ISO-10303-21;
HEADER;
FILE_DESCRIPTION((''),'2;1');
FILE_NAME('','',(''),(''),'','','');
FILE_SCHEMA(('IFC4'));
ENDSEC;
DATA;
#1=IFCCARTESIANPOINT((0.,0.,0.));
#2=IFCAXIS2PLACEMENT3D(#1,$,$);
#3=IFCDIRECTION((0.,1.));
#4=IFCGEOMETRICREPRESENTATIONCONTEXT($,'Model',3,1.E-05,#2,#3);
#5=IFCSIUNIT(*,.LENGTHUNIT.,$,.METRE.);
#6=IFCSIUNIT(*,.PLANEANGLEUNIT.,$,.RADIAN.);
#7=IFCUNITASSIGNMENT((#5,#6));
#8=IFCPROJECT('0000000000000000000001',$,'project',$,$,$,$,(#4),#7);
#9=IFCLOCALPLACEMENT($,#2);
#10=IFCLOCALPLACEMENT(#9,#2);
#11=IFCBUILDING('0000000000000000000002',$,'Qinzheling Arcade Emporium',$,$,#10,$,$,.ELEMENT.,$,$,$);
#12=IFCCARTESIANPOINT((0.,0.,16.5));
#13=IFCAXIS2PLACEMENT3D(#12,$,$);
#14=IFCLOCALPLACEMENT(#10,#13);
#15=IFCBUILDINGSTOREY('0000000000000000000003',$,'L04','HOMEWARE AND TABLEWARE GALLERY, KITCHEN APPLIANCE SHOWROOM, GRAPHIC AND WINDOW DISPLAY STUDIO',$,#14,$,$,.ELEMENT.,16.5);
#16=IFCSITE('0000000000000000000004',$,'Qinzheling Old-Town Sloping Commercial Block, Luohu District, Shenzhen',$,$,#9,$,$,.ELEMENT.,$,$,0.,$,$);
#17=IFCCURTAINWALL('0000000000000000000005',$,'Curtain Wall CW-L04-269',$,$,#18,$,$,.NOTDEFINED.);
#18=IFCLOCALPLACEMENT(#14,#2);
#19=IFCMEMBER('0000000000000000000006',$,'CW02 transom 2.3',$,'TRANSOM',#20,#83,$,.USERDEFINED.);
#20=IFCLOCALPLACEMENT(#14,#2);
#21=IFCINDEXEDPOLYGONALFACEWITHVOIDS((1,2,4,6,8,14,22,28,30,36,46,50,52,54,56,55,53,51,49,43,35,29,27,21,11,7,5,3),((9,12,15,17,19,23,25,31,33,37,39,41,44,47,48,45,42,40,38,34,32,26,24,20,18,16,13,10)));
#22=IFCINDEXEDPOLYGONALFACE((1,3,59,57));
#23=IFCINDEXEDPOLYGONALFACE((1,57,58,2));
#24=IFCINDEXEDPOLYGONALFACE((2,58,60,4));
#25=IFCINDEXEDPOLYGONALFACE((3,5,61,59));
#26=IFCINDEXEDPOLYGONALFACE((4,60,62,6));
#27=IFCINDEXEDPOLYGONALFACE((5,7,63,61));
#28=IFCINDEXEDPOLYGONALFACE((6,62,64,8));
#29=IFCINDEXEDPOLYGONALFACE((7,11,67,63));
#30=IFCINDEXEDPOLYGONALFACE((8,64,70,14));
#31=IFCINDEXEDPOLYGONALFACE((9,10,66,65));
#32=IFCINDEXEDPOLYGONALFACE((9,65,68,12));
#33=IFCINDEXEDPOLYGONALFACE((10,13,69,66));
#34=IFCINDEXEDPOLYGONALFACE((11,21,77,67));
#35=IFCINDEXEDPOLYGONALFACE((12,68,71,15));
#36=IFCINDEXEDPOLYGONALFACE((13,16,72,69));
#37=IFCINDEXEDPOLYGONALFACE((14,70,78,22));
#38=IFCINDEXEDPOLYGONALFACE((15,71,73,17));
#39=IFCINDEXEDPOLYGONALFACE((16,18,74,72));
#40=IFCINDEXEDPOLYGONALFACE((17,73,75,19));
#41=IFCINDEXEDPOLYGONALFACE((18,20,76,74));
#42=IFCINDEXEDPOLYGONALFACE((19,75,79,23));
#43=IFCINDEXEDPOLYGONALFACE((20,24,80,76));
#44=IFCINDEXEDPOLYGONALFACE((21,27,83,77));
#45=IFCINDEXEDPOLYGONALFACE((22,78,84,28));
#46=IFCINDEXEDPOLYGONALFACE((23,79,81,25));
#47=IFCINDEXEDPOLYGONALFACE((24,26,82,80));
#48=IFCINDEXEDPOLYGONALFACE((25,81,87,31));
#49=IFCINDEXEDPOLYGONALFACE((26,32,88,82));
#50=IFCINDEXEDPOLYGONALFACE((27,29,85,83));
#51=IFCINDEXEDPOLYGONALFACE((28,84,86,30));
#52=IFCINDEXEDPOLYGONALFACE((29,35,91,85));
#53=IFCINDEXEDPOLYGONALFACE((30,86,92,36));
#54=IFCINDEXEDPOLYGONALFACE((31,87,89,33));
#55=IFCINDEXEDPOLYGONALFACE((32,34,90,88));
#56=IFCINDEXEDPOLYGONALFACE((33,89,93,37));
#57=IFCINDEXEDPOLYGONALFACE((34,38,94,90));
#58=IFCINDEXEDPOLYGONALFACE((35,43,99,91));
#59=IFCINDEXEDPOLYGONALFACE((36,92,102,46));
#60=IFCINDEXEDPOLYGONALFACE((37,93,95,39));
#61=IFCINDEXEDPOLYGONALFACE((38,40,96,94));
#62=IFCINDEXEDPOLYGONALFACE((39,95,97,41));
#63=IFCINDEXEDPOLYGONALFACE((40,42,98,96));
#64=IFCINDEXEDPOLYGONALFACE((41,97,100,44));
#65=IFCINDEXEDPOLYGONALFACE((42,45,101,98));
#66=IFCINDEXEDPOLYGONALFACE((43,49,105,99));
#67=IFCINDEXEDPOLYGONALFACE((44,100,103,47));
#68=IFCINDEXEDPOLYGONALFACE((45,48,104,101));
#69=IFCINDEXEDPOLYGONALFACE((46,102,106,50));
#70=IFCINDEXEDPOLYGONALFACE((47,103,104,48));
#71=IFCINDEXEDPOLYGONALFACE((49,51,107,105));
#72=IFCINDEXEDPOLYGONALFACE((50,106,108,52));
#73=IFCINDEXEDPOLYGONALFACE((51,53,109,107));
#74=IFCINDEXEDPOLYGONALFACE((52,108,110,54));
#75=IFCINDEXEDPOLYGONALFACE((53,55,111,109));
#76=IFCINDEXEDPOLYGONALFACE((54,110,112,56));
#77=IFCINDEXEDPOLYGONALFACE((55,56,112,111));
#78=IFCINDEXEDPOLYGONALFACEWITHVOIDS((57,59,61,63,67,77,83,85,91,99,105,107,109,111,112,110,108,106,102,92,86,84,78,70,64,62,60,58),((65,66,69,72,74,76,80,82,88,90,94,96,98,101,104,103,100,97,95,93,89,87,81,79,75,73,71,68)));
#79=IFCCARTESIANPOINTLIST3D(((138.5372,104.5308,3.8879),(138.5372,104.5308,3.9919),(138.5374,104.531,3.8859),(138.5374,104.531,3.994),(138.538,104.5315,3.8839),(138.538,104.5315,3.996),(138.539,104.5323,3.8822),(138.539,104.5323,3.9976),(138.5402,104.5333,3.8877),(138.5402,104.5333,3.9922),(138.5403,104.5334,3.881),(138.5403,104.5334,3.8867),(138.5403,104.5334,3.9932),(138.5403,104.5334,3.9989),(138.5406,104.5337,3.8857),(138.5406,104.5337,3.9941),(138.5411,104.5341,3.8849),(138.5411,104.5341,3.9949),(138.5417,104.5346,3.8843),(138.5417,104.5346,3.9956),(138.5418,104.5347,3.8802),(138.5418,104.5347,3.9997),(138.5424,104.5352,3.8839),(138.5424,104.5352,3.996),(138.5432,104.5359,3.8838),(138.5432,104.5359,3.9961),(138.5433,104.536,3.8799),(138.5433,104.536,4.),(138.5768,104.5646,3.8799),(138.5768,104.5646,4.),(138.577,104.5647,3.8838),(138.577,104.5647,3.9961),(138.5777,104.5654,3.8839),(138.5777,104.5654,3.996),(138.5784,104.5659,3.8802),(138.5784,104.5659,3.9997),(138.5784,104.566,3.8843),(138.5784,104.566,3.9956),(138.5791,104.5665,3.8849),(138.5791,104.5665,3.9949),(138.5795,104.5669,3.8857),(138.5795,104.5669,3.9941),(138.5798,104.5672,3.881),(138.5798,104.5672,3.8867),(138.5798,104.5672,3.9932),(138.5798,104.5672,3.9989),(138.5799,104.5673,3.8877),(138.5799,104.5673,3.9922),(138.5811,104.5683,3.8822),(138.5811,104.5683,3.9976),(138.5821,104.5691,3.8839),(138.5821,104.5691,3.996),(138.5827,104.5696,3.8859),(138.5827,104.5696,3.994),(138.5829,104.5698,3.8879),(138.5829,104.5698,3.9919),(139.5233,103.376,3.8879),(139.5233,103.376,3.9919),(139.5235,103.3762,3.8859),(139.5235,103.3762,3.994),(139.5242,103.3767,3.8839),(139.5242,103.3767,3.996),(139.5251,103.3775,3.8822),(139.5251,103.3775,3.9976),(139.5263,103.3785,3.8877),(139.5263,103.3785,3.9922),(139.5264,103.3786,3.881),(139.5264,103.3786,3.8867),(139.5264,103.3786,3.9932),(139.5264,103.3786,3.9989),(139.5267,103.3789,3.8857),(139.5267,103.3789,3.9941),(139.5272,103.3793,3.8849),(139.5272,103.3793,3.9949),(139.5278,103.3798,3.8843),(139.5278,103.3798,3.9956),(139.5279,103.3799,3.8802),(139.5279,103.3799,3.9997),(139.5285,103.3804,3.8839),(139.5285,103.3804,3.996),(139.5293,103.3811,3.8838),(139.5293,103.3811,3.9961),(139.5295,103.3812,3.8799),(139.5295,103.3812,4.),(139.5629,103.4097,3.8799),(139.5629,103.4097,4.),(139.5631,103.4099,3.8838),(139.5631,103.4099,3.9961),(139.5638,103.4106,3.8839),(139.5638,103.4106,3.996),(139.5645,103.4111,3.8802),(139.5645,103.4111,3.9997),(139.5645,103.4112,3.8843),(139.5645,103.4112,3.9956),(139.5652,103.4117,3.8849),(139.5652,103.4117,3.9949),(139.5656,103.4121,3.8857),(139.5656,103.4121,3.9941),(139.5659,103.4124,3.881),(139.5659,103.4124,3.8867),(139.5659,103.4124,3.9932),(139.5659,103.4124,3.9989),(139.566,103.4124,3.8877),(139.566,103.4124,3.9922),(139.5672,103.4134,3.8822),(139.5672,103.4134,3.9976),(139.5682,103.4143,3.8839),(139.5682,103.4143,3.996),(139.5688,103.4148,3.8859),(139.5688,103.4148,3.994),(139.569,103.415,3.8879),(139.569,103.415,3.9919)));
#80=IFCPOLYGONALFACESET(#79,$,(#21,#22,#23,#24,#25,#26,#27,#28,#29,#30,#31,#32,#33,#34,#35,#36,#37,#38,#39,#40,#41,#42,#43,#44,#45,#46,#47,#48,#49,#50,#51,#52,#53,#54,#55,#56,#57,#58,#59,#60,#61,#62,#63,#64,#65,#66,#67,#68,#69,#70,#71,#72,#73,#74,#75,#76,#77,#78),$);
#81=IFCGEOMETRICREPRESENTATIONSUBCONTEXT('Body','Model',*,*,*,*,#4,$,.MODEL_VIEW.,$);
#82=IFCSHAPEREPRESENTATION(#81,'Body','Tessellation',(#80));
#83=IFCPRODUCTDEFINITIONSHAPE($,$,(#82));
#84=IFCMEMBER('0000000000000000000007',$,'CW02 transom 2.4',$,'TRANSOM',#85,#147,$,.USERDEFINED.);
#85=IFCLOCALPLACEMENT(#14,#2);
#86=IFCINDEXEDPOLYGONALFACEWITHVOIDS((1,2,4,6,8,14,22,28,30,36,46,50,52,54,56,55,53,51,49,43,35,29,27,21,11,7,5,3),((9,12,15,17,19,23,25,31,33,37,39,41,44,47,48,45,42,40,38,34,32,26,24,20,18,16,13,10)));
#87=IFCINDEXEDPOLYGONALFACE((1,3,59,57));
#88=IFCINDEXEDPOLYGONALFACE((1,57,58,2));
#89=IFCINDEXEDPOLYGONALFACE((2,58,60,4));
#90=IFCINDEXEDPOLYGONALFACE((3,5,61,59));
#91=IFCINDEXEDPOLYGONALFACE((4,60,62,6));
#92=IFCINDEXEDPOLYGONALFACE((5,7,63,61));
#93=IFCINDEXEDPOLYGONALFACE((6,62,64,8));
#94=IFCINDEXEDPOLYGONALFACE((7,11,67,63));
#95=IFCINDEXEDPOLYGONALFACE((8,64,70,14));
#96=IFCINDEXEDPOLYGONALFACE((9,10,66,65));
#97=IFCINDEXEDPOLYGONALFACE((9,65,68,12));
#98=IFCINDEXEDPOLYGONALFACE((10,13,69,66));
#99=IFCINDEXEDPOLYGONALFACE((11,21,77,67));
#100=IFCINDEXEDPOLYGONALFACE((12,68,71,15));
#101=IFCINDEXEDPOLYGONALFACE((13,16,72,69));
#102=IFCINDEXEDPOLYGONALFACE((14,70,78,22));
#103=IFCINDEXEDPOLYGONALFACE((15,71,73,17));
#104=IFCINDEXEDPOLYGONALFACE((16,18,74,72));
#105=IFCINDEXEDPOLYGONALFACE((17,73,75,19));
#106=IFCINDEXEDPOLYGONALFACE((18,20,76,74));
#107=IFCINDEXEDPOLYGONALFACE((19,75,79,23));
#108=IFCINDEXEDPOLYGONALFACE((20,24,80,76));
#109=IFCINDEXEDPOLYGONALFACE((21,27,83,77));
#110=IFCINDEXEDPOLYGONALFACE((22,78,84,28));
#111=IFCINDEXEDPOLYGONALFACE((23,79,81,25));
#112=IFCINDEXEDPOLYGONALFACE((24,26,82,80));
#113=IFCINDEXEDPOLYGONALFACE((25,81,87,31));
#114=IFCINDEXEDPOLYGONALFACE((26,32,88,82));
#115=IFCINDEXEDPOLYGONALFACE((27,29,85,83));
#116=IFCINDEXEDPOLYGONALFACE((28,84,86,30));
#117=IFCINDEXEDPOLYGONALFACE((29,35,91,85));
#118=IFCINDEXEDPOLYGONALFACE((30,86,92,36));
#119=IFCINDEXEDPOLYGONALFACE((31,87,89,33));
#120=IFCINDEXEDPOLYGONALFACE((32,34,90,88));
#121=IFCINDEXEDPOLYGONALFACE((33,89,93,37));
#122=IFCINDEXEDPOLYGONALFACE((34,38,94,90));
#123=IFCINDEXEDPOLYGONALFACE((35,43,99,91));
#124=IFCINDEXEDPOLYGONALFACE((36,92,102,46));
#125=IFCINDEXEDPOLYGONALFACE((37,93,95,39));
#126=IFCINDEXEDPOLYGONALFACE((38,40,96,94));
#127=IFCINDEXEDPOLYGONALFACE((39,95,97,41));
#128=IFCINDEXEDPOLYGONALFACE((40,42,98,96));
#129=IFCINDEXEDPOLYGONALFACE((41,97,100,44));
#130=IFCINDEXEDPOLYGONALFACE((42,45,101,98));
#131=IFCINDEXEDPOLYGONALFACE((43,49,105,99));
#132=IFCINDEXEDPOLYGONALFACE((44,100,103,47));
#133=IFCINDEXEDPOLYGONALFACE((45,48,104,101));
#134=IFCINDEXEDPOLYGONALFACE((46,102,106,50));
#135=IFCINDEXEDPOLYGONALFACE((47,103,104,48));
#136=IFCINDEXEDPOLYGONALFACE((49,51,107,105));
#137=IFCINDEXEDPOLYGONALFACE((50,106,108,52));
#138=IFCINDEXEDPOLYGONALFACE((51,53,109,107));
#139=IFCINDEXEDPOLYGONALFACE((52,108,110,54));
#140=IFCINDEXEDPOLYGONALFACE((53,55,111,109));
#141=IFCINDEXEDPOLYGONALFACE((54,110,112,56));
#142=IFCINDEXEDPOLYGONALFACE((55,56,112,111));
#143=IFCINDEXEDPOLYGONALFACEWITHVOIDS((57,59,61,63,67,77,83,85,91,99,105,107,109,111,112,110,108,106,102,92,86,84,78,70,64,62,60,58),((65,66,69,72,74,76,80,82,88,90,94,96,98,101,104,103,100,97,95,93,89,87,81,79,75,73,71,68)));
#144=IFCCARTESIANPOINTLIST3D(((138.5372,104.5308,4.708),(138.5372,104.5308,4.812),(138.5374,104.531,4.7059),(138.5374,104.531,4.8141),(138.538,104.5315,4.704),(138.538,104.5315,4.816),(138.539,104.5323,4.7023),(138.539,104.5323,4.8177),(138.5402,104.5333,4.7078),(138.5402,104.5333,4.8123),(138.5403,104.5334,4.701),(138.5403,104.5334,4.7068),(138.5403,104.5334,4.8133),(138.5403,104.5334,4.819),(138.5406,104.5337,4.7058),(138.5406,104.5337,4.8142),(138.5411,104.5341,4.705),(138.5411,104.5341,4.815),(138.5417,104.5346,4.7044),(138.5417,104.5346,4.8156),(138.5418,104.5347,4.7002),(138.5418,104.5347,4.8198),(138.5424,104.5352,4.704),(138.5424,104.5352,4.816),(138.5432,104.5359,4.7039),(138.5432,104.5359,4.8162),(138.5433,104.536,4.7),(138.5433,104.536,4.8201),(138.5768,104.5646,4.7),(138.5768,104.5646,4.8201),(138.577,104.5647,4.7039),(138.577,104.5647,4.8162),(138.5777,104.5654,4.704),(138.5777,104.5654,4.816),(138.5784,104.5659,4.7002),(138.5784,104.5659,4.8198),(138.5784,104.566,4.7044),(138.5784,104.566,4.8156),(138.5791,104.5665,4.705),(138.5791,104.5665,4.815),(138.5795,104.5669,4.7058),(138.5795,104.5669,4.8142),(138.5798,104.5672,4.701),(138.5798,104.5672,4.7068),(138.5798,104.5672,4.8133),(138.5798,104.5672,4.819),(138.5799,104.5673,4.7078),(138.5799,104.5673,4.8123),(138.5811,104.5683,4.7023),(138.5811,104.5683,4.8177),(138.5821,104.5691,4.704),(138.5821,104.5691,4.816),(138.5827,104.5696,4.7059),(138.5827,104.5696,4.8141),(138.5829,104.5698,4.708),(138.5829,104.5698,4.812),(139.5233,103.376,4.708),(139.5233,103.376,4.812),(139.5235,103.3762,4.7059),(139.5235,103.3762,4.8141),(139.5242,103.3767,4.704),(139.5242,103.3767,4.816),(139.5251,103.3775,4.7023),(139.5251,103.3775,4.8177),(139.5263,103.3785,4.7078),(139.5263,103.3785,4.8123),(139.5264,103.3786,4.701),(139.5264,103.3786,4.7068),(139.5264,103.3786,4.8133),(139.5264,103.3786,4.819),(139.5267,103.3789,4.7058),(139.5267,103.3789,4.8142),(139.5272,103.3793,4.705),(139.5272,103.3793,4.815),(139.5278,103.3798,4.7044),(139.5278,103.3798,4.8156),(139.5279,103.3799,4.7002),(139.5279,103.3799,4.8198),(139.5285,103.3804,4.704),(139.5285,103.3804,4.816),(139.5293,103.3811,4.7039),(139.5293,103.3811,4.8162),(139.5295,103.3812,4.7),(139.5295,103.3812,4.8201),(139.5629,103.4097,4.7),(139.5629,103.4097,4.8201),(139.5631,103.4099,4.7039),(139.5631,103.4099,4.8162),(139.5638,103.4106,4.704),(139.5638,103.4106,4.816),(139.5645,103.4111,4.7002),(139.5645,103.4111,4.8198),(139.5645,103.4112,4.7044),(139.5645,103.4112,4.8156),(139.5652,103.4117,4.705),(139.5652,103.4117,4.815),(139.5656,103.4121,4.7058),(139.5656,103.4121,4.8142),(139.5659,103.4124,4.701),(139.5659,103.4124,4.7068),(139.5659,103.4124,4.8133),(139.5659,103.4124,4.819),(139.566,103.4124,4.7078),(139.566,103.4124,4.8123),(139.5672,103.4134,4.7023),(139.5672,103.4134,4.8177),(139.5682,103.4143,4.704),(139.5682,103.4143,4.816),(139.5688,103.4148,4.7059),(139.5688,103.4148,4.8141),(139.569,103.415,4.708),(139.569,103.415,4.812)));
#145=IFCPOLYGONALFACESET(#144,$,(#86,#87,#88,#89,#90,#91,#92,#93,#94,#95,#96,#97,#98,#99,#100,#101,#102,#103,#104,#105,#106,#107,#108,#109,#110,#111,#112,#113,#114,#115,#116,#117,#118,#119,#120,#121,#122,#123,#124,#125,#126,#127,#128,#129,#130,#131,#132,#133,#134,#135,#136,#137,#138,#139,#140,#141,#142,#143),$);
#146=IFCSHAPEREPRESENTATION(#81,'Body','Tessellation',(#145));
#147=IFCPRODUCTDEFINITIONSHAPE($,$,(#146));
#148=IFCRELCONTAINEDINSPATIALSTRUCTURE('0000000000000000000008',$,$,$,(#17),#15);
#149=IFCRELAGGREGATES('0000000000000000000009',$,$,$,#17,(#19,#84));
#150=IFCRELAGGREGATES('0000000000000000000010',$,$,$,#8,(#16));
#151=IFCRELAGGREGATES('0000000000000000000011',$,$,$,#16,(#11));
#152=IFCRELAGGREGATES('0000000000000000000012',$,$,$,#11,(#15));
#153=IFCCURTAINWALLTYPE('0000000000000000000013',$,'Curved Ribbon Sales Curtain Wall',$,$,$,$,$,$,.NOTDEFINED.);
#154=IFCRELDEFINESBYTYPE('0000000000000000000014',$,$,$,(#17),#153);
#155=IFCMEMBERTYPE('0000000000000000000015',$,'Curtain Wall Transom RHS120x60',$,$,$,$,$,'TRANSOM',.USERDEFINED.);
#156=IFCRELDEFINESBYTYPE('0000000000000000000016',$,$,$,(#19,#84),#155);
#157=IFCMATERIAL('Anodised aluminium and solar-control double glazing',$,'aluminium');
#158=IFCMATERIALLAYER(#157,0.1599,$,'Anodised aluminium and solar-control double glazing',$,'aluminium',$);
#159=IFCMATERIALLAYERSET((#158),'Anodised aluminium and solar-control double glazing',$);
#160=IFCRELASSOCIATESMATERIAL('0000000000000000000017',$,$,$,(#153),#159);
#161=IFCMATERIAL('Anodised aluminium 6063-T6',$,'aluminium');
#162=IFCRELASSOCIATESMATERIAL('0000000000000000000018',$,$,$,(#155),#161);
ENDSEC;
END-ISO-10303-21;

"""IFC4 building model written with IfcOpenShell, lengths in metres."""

from ifc_helpers import new_model, si_unit, direction, frame, origin, origin_2d, place, context, subcontext, project, spatial, hollow_rectangle, extrude, material, layer, layer_set, material_profile, profile_set, type_object, element, aggregate, save


model = new_model("IFC4")

# Units and contexts
model_context = context("Model", 3, precision=1e-05, world=origin(), true_north=direction((0.0, 1.0)))
body_context = subcontext(model_context, "Body", "Model", "MODEL_VIEW")
ifc_project = project(units=[si_unit("LENGTHUNIT", "METRE"), si_unit("PLANEANGLEUNIT", "RADIAN")], contexts=[model_context])

# Site, building, storey
site_placement = place(None, origin())
site = spatial("IfcSite", under=ifc_project, at=site_placement, Name="Qinzheling Old-Town Sloping Commercial Block, Luohu District, Shenzhen", CompositionType="ELEMENT", RefElevation=0.0)
building_placement = place(site_placement, origin())
building = spatial("IfcBuilding", under=site, at=building_placement, Name="Qinzheling Arcade Emporium", CompositionType="ELEMENT")
storey_placement = place(building_placement, frame((0.0, 0.0, 16.5)))
storey = spatial("IfcBuildingStorey", under=building, at=storey_placement, Name="L04", Description="HOMEWARE AND TABLEWARE GALLERY, KITCHEN APPLIANCE SHOWROOM, GRAPHIC AND WINDOW DISPLAY STUDIO", CompositionType="ELEMENT", Elevation=16.5)

# Curtain wall
ifc_material_1 = material(Name="Anodised aluminium and solar-control double glazing", Category="aluminium")
ifc_layer_1 = layer(ifc_material_1, 0.1599, Name="Anodised aluminium and solar-control double glazing", Category="aluminium")
ifc_layer_set_1 = layer_set([ifc_layer_1], Name="Anodised aluminium and solar-control double glazing")
curtain_wall_type = type_object("IfcCurtainWallType", Name="Curved Ribbon Sales Curtain Wall", PredefinedType="NOTDEFINED", material=ifc_layer_set_1)
ifc_material_2 = material(Name="Anodised aluminium 6063-T6", Category="aluminium")
curtain_wall_1_placement = place(storey_placement, origin())
curtain_wall_1 = element("IfcCurtainWall", 1, at=curtain_wall_1_placement, inside=storey, type_object=curtain_wall_type, Name="Curtain Wall CW-L04-269", PredefinedType="NOTDEFINED")

# Members
ifc_material_profile_1 = material_profile(ifc_material_2, hollow_rectangle(XDim=0.0601, YDim=0.1201, WallThickness=0.0039, InnerFilletRadius=0.0039, OuterFilletRadius=0.0081, at=origin_2d()), Name="RHS 120x60x4", Category="aluminium")
ifc_profile_set_1 = profile_set([ifc_material_profile_1], Name="Anodised aluminium 6063-T6")
member_type_1 = type_object("IfcMemberType", Name="Curtain Wall Transom RHS120x60", ElementType="TRANSOM", PredefinedType="USERDEFINED", material=ifc_profile_set_1)
member_1_placement = place(storey_placement, frame((138.5601, 104.5503, 3.9399), z_axis=(0.649374, -0.76047, 0.0), x_axis=(0.76047, 0.649374, 0.0)))
member_1 = element("IfcMember", 2, at=member_1_placement, type_object=member_type_1, Name="CW02 transom 2.3", ObjectType="TRANSOM", PredefinedType="USERDEFINED", context=body_context, shape_type="SweptSolid", body=[
    extrude(hollow_rectangle(XDim=0.0601, YDim=0.1201, WallThickness=0.0039, InnerFilletRadius=0.0039, OuterFilletRadius=0.0081, at=origin_2d()), origin(), (0.0, 0.0, 1.0), 1.5186),
])
member_2_placement = place(storey_placement, frame((138.5601, 104.5503, 4.76), z_axis=(0.649374, -0.76047, 0.0), x_axis=(0.76047, 0.649374, 0.0)))
member_2 = element("IfcMember", 3, at=member_2_placement, type_object=member_type_1, Name="CW02 transom 2.4", ObjectType="TRANSOM", PredefinedType="USERDEFINED", context=body_context, shape_type="SweptSolid", body=[
    extrude(hollow_rectangle(XDim=0.0601, YDim=0.1201, WallThickness=0.0039, InnerFilletRadius=0.0039, OuterFilletRadius=0.0081, at=origin_2d()), origin(), (0.0, 0.0, 1.0), 1.5186),
])

aggregate(curtain_wall_1, [member_1, member_2])

save(model, "model.ifc")
